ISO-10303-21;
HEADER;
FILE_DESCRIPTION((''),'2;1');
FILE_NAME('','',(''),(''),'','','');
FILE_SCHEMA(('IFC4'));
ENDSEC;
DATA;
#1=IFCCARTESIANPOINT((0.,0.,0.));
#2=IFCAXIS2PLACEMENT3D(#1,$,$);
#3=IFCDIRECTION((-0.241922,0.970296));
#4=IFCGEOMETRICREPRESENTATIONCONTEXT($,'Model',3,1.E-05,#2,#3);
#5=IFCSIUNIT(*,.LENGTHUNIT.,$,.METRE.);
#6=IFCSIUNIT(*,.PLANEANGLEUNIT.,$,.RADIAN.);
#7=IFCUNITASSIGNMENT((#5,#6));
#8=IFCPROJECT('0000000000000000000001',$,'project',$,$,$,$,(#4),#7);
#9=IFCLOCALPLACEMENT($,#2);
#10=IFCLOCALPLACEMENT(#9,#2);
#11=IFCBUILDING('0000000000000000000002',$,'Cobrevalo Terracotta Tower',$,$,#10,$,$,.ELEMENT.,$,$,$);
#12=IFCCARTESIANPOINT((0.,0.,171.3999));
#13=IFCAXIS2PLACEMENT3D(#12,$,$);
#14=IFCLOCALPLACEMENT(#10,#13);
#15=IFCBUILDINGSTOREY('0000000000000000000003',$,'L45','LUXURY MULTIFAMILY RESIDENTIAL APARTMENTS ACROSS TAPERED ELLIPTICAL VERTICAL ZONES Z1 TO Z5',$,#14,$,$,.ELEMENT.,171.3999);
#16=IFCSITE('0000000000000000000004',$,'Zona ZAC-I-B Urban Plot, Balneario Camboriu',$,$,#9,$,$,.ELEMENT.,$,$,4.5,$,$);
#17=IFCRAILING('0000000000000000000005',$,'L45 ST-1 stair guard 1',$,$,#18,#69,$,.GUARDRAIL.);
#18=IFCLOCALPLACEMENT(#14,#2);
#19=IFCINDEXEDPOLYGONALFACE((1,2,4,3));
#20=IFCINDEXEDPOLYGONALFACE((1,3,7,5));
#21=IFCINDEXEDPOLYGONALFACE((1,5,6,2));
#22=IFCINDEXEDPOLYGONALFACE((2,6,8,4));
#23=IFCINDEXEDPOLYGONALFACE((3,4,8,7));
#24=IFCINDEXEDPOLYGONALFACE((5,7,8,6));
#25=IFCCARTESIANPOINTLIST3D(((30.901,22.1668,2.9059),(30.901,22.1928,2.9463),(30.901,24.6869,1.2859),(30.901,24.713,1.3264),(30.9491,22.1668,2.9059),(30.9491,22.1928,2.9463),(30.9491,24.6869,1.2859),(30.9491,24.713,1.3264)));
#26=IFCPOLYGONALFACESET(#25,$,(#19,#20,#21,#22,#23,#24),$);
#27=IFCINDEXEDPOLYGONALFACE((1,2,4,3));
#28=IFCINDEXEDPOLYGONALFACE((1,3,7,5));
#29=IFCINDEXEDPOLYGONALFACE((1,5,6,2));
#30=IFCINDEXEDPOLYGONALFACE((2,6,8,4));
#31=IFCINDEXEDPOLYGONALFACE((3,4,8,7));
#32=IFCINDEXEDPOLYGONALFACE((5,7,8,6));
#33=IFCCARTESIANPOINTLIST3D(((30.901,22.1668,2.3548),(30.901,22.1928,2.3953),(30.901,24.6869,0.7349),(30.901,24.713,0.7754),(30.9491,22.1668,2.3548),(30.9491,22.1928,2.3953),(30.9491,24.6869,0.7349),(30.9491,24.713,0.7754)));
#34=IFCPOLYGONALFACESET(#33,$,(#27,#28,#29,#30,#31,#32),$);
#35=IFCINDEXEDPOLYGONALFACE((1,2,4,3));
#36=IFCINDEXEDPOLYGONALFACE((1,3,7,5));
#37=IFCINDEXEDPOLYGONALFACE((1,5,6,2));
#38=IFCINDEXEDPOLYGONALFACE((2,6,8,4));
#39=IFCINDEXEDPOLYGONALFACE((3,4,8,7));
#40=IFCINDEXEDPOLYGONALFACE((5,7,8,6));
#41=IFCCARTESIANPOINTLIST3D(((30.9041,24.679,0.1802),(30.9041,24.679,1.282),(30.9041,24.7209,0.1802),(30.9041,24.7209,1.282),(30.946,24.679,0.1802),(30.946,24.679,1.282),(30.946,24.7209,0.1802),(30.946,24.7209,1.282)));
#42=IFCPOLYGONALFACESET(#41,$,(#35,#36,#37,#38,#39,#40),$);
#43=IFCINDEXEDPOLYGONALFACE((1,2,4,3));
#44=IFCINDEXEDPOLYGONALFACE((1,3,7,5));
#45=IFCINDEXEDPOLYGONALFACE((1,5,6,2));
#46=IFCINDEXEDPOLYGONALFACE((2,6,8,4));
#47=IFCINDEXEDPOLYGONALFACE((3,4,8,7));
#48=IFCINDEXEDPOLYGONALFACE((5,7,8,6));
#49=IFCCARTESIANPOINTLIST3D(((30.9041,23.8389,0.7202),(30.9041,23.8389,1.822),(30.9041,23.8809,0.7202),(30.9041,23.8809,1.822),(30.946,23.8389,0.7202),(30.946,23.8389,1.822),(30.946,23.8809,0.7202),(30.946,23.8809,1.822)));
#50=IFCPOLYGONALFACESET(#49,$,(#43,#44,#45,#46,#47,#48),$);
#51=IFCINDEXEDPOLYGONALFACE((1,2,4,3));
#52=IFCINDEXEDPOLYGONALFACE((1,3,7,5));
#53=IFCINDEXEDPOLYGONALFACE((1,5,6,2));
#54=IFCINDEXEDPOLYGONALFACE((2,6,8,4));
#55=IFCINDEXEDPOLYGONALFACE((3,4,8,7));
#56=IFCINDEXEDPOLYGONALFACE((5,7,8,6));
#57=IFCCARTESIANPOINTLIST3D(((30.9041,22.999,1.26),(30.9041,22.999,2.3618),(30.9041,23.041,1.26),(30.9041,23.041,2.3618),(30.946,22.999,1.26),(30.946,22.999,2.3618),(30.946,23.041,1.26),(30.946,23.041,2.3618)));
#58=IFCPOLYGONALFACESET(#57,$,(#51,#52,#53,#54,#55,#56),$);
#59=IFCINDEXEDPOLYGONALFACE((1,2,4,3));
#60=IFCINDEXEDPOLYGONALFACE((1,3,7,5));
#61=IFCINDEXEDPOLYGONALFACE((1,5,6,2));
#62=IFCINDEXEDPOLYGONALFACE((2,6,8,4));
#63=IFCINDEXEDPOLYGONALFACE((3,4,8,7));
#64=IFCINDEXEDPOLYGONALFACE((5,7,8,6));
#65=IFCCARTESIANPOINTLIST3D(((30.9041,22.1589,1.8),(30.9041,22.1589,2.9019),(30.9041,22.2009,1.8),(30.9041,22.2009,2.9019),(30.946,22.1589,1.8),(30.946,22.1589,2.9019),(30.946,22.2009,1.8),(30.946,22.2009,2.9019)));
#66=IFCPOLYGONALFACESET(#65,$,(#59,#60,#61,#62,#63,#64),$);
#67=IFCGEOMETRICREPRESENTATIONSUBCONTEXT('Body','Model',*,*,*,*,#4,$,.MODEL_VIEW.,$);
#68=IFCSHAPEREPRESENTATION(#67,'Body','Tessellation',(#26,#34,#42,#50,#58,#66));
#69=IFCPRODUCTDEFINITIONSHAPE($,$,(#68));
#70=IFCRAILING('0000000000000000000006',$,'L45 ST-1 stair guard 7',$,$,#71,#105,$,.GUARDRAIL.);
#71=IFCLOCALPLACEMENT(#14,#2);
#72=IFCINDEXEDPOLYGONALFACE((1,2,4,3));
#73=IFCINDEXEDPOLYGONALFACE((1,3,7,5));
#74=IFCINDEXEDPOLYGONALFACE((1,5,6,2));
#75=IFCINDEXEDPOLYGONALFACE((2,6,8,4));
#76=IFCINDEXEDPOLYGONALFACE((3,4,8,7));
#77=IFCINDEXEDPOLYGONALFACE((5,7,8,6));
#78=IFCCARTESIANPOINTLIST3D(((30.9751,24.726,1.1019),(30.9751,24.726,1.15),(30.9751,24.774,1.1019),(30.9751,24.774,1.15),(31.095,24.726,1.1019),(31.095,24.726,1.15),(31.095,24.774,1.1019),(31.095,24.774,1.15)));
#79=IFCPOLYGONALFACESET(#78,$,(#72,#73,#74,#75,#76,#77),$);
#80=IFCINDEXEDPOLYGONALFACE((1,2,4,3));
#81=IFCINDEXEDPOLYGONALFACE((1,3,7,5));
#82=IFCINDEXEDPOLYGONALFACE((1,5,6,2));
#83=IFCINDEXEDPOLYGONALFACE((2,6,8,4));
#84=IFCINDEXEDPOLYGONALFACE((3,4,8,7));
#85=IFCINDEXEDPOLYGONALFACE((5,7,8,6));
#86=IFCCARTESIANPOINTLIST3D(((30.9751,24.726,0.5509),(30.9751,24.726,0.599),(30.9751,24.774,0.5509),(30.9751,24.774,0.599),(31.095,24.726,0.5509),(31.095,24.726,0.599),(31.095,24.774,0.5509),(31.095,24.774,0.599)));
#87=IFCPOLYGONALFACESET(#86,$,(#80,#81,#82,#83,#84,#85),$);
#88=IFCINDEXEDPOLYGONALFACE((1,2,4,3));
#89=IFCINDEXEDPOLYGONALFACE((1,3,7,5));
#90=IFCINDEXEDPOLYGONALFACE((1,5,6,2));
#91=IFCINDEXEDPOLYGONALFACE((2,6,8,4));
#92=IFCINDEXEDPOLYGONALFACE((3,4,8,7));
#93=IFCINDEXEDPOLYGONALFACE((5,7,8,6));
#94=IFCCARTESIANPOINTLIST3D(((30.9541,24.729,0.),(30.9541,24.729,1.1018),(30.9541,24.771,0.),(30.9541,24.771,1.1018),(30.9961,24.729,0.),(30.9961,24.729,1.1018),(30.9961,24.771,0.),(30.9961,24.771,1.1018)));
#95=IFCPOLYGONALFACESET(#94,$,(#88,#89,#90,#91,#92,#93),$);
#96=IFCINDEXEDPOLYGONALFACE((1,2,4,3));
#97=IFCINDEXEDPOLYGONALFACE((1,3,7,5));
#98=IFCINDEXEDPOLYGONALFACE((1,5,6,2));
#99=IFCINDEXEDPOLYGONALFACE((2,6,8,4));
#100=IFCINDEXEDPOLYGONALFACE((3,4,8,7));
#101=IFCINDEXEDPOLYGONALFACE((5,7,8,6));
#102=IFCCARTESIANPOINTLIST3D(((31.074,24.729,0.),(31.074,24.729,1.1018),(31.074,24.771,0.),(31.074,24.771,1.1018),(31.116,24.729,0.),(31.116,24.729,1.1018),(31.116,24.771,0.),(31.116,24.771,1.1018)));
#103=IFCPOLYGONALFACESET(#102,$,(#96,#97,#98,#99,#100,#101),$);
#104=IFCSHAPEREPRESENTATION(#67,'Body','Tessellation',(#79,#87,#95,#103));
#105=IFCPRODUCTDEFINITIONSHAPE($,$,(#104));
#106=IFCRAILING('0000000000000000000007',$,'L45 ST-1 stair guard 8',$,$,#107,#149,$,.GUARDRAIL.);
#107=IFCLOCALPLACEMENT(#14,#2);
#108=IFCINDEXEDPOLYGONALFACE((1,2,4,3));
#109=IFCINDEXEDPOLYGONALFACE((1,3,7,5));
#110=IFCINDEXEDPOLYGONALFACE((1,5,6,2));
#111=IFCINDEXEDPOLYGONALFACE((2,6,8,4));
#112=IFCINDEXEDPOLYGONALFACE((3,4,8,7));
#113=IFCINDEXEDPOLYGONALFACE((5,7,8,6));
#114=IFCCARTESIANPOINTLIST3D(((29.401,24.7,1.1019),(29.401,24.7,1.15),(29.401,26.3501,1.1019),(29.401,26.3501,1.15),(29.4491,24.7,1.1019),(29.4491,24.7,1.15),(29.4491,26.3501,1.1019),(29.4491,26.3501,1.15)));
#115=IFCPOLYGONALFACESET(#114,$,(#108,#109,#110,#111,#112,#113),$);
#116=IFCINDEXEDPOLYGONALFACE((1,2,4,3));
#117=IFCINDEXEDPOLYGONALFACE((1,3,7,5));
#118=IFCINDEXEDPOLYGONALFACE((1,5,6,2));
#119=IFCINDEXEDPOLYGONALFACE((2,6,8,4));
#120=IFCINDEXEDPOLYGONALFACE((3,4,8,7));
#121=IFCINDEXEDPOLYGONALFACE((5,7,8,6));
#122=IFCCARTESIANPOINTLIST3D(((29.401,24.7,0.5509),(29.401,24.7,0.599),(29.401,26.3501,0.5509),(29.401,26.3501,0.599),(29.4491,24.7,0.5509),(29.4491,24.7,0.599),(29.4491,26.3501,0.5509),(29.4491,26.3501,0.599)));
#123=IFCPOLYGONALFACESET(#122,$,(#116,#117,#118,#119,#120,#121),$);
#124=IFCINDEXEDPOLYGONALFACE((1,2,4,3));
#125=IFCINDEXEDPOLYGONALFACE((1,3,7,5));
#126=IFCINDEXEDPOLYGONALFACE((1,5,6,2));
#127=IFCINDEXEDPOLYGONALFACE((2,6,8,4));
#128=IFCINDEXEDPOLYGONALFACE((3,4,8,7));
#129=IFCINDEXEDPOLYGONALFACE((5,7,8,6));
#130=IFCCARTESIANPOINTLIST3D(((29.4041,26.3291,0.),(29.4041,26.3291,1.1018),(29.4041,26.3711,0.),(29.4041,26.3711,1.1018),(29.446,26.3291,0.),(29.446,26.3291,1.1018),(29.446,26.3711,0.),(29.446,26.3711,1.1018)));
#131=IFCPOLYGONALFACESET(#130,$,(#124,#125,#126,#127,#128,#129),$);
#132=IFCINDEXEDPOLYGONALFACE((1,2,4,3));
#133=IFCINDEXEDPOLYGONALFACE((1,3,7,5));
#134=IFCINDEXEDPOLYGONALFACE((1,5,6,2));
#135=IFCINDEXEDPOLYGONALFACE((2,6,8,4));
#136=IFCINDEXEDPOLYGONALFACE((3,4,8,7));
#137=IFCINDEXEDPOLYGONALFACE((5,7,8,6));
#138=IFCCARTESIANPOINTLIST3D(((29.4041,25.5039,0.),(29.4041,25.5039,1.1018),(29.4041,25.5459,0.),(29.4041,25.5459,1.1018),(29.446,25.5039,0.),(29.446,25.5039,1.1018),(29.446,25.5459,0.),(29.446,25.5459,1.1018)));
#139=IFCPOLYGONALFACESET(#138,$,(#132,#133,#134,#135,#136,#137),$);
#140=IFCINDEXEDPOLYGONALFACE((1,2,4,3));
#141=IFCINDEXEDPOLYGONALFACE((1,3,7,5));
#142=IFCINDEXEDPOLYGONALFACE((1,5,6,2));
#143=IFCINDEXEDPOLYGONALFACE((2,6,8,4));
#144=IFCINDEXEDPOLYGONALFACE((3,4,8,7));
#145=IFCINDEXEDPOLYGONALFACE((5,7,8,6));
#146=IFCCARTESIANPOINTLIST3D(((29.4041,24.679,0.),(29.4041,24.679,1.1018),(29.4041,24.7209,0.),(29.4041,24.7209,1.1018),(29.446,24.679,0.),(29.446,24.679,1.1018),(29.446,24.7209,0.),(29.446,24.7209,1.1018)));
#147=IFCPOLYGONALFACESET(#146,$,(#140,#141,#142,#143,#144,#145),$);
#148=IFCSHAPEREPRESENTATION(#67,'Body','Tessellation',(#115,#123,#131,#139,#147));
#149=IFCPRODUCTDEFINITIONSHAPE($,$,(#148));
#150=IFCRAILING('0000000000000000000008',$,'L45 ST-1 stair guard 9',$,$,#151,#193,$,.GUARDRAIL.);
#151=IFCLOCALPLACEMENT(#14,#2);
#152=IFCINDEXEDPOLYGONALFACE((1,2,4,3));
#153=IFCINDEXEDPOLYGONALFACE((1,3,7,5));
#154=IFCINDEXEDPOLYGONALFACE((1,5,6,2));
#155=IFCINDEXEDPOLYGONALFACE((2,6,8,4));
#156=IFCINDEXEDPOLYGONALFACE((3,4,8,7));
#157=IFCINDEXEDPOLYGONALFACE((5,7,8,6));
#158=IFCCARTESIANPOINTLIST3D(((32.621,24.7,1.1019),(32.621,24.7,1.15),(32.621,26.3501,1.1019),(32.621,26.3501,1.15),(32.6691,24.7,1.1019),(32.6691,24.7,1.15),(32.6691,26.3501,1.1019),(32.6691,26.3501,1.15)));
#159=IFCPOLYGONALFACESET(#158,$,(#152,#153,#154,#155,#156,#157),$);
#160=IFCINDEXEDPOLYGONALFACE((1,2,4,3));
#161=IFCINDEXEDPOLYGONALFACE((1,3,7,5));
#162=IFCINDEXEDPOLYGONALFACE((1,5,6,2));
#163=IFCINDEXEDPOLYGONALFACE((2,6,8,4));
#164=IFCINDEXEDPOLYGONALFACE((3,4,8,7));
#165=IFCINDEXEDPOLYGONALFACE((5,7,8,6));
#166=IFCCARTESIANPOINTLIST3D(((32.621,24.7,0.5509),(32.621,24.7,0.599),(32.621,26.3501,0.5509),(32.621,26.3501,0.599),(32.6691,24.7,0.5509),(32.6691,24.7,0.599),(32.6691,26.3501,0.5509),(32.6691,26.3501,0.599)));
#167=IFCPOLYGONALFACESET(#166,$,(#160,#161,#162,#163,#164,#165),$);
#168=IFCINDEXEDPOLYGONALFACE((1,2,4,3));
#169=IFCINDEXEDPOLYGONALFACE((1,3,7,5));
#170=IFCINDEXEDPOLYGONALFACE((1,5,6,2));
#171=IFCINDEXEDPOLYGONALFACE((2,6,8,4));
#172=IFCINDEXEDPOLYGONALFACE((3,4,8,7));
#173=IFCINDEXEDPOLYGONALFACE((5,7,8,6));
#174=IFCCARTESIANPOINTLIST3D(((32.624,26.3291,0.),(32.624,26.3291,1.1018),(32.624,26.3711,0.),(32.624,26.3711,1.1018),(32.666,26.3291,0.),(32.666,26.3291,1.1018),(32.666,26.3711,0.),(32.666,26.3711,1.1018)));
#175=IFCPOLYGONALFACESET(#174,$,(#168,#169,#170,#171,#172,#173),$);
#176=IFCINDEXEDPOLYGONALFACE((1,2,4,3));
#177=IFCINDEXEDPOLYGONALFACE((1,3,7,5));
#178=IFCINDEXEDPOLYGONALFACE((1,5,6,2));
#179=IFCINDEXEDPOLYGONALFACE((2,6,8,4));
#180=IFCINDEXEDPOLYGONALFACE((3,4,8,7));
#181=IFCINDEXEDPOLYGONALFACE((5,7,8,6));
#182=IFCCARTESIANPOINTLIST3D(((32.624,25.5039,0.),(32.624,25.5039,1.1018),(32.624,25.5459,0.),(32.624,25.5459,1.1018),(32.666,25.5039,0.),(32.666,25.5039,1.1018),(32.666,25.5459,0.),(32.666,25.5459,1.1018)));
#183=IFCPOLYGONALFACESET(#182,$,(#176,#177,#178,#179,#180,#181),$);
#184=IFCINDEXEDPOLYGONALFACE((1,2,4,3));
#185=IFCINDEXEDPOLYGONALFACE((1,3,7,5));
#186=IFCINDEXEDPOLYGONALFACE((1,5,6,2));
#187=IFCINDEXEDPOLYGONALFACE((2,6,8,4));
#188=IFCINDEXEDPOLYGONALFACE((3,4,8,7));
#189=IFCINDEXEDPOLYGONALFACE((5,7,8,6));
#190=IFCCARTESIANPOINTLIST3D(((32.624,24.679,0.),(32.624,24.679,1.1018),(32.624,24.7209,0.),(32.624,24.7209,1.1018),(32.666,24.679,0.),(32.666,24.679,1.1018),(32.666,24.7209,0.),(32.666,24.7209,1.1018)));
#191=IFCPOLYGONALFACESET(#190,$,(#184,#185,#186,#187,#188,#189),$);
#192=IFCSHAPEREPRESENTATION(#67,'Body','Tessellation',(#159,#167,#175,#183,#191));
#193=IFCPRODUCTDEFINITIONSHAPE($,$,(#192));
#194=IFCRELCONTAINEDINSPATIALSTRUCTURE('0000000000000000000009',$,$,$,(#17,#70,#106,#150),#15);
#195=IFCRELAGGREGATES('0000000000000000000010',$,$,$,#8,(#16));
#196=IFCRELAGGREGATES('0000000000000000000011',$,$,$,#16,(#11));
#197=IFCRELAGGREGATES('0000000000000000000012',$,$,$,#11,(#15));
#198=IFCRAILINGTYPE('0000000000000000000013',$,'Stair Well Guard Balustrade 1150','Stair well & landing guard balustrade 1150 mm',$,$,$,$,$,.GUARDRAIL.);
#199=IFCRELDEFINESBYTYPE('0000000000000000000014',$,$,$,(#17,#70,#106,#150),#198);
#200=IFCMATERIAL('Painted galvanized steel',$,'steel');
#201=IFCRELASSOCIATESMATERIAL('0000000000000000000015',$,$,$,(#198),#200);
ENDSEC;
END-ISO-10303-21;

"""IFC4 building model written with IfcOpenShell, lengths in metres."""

from ifc_helpers import new_model, si_unit, direction, frame, origin, origin_2d, place, context, subcontext, project, spatial, rectangle, extrude, material, type_object, element, save


model = new_model("IFC4")

# Units and contexts
model_context = context("Model", 3, precision=1e-05, world=origin(), true_north=direction((-0.241922, 0.970296)))
body_context = subcontext(model_context, "Body", "Model", "MODEL_VIEW")
ifc_project = project(units=[si_unit("LENGTHUNIT", "METRE"), si_unit("PLANEANGLEUNIT", "RADIAN")], contexts=[model_context])

# Site, building, storey
site_placement = place(None, origin())
site = spatial("IfcSite", under=ifc_project, at=site_placement, Name="Zona ZAC-I-B Urban Plot, Balneario Camboriu", CompositionType="ELEMENT", RefElevation=4.5)
building_placement = place(site_placement, origin())
building = spatial("IfcBuilding", under=site, at=building_placement, Name="Cobrevalo Terracotta Tower", CompositionType="ELEMENT")
storey_placement = place(building_placement, frame((0.0, 0.0, 171.3999)))
storey = spatial("IfcBuildingStorey", under=building, at=storey_placement, Name="L45", Description="LUXURY MULTIFAMILY RESIDENTIAL APARTMENTS ACROSS TAPERED ELLIPTICAL VERTICAL ZONES Z1 TO Z5", CompositionType="ELEMENT", Elevation=171.3999)

# Railings
ifc_material_1 = material(Name="Painted galvanized steel", Category="steel")
railing_type_1 = type_object("IfcRailingType", Name="Stair Well Guard Balustrade 1150", Description="Stair well & landing guard balustrade 1150 mm", PredefinedType="GUARDRAIL", material=ifc_material_1)
railing_1_placement = place(storey_placement, frame((30.925, 24.7, 0.1802)))
element("IfcRailing", 1, at=railing_1_placement, inside=storey, type_object=railing_type_1, Name="L45 ST-1 stair guard 1", PredefinedType="GUARDRAIL", context=body_context, shape_type="SweptSolid", body=[
    extrude(rectangle(XDim=0.0481, YDim=0.0481, at=origin_2d()), frame((0.0, 0.0, 1.126), z_axis=(0.0, -0.8412, 0.540725), x_axis=(1.0, 0.0, 0.0)), (0.0, 0.0, 1.0), 2.9958),
    extrude(rectangle(XDim=0.0481, YDim=0.0481, at=origin_2d()), frame((0.0, 0.0, 0.575), z_axis=(0.0, -0.8412, 0.540725), x_axis=(1.0, 0.0, 0.0)), (0.0, 0.0, 1.0), 2.9958),
    extrude(rectangle(XDim=0.042, YDim=0.042, at=origin_2d()), origin(), (0.0, 0.0, 1.0), 1.1018),
    extrude(rectangle(XDim=0.042, YDim=0.042, at=origin_2d()), frame((0.0, -0.8401, 0.54)), (0.0, 0.0, 1.0), 1.1018),
    extrude(rectangle(XDim=0.042, YDim=0.042, at=origin_2d()), frame((0.0, -1.6799, 1.0798)), (0.0, 0.0, 1.0), 1.1018),
    extrude(rectangle(XDim=0.042, YDim=0.042, at=origin_2d()), frame((0.0, -2.52, 1.6199)), (0.0, 0.0, 1.0), 1.1018),
])
railing_2_placement = place(storey_placement, frame((30.9751, 24.75, 0.0)))
element("IfcRailing", 2, at=railing_2_placement, inside=storey, type_object=railing_type_1, Name="L45 ST-1 stair guard 7", PredefinedType="GUARDRAIL", context=body_context, shape_type="SweptSolid", body=[
    extrude(rectangle(XDim=0.0481, YDim=0.0481, at=origin_2d()), frame((0.0, 0.0, 1.126), z_axis=(1.0, 0.0, 0.0), x_axis=(0.0, 1.0, 0.0)), (0.0, 0.0, 1.0), 0.1199),
    extrude(rectangle(XDim=0.0481, YDim=0.0481, at=origin_2d()), frame((0.0, 0.0, 0.575), z_axis=(1.0, 0.0, 0.0), x_axis=(0.0, 1.0, 0.0)), (0.0, 0.0, 1.0), 0.1199),
    extrude(rectangle(XDim=0.042, YDim=0.042, at=origin_2d()), origin(), (0.0, 0.0, 1.0), 1.1018),
    extrude(rectangle(XDim=0.042, YDim=0.042, at=origin_2d()), frame((0.1199, 0.0, 0.0)), (0.0, 0.0, 1.0), 1.1018),
])
for number, where, name in (
    (3, (29.425, 26.3501, 0.0), "L45 ST-1 stair guard 8"),
    (4, (32.645, 26.3501, 0.0), "L45 ST-1 stair guard 9"),
):
    element("IfcRailing", number, at=place(storey_placement, frame(where)), inside=storey, type_object=railing_type_1, Name=name, PredefinedType="GUARDRAIL", context=body_context, shape_type="SweptSolid", body=[
        extrude(rectangle(XDim=0.0481, YDim=0.0481, at=origin_2d()), frame((0.0, 0.0, 1.126), z_axis=(0.0, -1.0, 0.0), x_axis=(1.0, 0.0, 0.0)), (0.0, 0.0, 1.0), 1.6501),
        extrude(rectangle(XDim=0.0481, YDim=0.0481, at=origin_2d()), frame((0.0, 0.0, 0.575), z_axis=(0.0, -1.0, 0.0), x_axis=(1.0, 0.0, 0.0)), (0.0, 0.0, 1.0), 1.6501),
        extrude(rectangle(XDim=0.042, YDim=0.042, at=origin_2d()), origin(), (0.0, 0.0, 1.0), 1.1018),
        extrude(rectangle(XDim=0.042, YDim=0.042, at=origin_2d()), frame((0.0, -0.8252, 0.0)), (0.0, 0.0, 1.0), 1.1018),
        extrude(rectangle(XDim=0.042, YDim=0.042, at=origin_2d()), frame((0.0, -1.6501, 0.0)), (0.0, 0.0, 1.0), 1.1018),
    ])

save(model, "model.ifc")
